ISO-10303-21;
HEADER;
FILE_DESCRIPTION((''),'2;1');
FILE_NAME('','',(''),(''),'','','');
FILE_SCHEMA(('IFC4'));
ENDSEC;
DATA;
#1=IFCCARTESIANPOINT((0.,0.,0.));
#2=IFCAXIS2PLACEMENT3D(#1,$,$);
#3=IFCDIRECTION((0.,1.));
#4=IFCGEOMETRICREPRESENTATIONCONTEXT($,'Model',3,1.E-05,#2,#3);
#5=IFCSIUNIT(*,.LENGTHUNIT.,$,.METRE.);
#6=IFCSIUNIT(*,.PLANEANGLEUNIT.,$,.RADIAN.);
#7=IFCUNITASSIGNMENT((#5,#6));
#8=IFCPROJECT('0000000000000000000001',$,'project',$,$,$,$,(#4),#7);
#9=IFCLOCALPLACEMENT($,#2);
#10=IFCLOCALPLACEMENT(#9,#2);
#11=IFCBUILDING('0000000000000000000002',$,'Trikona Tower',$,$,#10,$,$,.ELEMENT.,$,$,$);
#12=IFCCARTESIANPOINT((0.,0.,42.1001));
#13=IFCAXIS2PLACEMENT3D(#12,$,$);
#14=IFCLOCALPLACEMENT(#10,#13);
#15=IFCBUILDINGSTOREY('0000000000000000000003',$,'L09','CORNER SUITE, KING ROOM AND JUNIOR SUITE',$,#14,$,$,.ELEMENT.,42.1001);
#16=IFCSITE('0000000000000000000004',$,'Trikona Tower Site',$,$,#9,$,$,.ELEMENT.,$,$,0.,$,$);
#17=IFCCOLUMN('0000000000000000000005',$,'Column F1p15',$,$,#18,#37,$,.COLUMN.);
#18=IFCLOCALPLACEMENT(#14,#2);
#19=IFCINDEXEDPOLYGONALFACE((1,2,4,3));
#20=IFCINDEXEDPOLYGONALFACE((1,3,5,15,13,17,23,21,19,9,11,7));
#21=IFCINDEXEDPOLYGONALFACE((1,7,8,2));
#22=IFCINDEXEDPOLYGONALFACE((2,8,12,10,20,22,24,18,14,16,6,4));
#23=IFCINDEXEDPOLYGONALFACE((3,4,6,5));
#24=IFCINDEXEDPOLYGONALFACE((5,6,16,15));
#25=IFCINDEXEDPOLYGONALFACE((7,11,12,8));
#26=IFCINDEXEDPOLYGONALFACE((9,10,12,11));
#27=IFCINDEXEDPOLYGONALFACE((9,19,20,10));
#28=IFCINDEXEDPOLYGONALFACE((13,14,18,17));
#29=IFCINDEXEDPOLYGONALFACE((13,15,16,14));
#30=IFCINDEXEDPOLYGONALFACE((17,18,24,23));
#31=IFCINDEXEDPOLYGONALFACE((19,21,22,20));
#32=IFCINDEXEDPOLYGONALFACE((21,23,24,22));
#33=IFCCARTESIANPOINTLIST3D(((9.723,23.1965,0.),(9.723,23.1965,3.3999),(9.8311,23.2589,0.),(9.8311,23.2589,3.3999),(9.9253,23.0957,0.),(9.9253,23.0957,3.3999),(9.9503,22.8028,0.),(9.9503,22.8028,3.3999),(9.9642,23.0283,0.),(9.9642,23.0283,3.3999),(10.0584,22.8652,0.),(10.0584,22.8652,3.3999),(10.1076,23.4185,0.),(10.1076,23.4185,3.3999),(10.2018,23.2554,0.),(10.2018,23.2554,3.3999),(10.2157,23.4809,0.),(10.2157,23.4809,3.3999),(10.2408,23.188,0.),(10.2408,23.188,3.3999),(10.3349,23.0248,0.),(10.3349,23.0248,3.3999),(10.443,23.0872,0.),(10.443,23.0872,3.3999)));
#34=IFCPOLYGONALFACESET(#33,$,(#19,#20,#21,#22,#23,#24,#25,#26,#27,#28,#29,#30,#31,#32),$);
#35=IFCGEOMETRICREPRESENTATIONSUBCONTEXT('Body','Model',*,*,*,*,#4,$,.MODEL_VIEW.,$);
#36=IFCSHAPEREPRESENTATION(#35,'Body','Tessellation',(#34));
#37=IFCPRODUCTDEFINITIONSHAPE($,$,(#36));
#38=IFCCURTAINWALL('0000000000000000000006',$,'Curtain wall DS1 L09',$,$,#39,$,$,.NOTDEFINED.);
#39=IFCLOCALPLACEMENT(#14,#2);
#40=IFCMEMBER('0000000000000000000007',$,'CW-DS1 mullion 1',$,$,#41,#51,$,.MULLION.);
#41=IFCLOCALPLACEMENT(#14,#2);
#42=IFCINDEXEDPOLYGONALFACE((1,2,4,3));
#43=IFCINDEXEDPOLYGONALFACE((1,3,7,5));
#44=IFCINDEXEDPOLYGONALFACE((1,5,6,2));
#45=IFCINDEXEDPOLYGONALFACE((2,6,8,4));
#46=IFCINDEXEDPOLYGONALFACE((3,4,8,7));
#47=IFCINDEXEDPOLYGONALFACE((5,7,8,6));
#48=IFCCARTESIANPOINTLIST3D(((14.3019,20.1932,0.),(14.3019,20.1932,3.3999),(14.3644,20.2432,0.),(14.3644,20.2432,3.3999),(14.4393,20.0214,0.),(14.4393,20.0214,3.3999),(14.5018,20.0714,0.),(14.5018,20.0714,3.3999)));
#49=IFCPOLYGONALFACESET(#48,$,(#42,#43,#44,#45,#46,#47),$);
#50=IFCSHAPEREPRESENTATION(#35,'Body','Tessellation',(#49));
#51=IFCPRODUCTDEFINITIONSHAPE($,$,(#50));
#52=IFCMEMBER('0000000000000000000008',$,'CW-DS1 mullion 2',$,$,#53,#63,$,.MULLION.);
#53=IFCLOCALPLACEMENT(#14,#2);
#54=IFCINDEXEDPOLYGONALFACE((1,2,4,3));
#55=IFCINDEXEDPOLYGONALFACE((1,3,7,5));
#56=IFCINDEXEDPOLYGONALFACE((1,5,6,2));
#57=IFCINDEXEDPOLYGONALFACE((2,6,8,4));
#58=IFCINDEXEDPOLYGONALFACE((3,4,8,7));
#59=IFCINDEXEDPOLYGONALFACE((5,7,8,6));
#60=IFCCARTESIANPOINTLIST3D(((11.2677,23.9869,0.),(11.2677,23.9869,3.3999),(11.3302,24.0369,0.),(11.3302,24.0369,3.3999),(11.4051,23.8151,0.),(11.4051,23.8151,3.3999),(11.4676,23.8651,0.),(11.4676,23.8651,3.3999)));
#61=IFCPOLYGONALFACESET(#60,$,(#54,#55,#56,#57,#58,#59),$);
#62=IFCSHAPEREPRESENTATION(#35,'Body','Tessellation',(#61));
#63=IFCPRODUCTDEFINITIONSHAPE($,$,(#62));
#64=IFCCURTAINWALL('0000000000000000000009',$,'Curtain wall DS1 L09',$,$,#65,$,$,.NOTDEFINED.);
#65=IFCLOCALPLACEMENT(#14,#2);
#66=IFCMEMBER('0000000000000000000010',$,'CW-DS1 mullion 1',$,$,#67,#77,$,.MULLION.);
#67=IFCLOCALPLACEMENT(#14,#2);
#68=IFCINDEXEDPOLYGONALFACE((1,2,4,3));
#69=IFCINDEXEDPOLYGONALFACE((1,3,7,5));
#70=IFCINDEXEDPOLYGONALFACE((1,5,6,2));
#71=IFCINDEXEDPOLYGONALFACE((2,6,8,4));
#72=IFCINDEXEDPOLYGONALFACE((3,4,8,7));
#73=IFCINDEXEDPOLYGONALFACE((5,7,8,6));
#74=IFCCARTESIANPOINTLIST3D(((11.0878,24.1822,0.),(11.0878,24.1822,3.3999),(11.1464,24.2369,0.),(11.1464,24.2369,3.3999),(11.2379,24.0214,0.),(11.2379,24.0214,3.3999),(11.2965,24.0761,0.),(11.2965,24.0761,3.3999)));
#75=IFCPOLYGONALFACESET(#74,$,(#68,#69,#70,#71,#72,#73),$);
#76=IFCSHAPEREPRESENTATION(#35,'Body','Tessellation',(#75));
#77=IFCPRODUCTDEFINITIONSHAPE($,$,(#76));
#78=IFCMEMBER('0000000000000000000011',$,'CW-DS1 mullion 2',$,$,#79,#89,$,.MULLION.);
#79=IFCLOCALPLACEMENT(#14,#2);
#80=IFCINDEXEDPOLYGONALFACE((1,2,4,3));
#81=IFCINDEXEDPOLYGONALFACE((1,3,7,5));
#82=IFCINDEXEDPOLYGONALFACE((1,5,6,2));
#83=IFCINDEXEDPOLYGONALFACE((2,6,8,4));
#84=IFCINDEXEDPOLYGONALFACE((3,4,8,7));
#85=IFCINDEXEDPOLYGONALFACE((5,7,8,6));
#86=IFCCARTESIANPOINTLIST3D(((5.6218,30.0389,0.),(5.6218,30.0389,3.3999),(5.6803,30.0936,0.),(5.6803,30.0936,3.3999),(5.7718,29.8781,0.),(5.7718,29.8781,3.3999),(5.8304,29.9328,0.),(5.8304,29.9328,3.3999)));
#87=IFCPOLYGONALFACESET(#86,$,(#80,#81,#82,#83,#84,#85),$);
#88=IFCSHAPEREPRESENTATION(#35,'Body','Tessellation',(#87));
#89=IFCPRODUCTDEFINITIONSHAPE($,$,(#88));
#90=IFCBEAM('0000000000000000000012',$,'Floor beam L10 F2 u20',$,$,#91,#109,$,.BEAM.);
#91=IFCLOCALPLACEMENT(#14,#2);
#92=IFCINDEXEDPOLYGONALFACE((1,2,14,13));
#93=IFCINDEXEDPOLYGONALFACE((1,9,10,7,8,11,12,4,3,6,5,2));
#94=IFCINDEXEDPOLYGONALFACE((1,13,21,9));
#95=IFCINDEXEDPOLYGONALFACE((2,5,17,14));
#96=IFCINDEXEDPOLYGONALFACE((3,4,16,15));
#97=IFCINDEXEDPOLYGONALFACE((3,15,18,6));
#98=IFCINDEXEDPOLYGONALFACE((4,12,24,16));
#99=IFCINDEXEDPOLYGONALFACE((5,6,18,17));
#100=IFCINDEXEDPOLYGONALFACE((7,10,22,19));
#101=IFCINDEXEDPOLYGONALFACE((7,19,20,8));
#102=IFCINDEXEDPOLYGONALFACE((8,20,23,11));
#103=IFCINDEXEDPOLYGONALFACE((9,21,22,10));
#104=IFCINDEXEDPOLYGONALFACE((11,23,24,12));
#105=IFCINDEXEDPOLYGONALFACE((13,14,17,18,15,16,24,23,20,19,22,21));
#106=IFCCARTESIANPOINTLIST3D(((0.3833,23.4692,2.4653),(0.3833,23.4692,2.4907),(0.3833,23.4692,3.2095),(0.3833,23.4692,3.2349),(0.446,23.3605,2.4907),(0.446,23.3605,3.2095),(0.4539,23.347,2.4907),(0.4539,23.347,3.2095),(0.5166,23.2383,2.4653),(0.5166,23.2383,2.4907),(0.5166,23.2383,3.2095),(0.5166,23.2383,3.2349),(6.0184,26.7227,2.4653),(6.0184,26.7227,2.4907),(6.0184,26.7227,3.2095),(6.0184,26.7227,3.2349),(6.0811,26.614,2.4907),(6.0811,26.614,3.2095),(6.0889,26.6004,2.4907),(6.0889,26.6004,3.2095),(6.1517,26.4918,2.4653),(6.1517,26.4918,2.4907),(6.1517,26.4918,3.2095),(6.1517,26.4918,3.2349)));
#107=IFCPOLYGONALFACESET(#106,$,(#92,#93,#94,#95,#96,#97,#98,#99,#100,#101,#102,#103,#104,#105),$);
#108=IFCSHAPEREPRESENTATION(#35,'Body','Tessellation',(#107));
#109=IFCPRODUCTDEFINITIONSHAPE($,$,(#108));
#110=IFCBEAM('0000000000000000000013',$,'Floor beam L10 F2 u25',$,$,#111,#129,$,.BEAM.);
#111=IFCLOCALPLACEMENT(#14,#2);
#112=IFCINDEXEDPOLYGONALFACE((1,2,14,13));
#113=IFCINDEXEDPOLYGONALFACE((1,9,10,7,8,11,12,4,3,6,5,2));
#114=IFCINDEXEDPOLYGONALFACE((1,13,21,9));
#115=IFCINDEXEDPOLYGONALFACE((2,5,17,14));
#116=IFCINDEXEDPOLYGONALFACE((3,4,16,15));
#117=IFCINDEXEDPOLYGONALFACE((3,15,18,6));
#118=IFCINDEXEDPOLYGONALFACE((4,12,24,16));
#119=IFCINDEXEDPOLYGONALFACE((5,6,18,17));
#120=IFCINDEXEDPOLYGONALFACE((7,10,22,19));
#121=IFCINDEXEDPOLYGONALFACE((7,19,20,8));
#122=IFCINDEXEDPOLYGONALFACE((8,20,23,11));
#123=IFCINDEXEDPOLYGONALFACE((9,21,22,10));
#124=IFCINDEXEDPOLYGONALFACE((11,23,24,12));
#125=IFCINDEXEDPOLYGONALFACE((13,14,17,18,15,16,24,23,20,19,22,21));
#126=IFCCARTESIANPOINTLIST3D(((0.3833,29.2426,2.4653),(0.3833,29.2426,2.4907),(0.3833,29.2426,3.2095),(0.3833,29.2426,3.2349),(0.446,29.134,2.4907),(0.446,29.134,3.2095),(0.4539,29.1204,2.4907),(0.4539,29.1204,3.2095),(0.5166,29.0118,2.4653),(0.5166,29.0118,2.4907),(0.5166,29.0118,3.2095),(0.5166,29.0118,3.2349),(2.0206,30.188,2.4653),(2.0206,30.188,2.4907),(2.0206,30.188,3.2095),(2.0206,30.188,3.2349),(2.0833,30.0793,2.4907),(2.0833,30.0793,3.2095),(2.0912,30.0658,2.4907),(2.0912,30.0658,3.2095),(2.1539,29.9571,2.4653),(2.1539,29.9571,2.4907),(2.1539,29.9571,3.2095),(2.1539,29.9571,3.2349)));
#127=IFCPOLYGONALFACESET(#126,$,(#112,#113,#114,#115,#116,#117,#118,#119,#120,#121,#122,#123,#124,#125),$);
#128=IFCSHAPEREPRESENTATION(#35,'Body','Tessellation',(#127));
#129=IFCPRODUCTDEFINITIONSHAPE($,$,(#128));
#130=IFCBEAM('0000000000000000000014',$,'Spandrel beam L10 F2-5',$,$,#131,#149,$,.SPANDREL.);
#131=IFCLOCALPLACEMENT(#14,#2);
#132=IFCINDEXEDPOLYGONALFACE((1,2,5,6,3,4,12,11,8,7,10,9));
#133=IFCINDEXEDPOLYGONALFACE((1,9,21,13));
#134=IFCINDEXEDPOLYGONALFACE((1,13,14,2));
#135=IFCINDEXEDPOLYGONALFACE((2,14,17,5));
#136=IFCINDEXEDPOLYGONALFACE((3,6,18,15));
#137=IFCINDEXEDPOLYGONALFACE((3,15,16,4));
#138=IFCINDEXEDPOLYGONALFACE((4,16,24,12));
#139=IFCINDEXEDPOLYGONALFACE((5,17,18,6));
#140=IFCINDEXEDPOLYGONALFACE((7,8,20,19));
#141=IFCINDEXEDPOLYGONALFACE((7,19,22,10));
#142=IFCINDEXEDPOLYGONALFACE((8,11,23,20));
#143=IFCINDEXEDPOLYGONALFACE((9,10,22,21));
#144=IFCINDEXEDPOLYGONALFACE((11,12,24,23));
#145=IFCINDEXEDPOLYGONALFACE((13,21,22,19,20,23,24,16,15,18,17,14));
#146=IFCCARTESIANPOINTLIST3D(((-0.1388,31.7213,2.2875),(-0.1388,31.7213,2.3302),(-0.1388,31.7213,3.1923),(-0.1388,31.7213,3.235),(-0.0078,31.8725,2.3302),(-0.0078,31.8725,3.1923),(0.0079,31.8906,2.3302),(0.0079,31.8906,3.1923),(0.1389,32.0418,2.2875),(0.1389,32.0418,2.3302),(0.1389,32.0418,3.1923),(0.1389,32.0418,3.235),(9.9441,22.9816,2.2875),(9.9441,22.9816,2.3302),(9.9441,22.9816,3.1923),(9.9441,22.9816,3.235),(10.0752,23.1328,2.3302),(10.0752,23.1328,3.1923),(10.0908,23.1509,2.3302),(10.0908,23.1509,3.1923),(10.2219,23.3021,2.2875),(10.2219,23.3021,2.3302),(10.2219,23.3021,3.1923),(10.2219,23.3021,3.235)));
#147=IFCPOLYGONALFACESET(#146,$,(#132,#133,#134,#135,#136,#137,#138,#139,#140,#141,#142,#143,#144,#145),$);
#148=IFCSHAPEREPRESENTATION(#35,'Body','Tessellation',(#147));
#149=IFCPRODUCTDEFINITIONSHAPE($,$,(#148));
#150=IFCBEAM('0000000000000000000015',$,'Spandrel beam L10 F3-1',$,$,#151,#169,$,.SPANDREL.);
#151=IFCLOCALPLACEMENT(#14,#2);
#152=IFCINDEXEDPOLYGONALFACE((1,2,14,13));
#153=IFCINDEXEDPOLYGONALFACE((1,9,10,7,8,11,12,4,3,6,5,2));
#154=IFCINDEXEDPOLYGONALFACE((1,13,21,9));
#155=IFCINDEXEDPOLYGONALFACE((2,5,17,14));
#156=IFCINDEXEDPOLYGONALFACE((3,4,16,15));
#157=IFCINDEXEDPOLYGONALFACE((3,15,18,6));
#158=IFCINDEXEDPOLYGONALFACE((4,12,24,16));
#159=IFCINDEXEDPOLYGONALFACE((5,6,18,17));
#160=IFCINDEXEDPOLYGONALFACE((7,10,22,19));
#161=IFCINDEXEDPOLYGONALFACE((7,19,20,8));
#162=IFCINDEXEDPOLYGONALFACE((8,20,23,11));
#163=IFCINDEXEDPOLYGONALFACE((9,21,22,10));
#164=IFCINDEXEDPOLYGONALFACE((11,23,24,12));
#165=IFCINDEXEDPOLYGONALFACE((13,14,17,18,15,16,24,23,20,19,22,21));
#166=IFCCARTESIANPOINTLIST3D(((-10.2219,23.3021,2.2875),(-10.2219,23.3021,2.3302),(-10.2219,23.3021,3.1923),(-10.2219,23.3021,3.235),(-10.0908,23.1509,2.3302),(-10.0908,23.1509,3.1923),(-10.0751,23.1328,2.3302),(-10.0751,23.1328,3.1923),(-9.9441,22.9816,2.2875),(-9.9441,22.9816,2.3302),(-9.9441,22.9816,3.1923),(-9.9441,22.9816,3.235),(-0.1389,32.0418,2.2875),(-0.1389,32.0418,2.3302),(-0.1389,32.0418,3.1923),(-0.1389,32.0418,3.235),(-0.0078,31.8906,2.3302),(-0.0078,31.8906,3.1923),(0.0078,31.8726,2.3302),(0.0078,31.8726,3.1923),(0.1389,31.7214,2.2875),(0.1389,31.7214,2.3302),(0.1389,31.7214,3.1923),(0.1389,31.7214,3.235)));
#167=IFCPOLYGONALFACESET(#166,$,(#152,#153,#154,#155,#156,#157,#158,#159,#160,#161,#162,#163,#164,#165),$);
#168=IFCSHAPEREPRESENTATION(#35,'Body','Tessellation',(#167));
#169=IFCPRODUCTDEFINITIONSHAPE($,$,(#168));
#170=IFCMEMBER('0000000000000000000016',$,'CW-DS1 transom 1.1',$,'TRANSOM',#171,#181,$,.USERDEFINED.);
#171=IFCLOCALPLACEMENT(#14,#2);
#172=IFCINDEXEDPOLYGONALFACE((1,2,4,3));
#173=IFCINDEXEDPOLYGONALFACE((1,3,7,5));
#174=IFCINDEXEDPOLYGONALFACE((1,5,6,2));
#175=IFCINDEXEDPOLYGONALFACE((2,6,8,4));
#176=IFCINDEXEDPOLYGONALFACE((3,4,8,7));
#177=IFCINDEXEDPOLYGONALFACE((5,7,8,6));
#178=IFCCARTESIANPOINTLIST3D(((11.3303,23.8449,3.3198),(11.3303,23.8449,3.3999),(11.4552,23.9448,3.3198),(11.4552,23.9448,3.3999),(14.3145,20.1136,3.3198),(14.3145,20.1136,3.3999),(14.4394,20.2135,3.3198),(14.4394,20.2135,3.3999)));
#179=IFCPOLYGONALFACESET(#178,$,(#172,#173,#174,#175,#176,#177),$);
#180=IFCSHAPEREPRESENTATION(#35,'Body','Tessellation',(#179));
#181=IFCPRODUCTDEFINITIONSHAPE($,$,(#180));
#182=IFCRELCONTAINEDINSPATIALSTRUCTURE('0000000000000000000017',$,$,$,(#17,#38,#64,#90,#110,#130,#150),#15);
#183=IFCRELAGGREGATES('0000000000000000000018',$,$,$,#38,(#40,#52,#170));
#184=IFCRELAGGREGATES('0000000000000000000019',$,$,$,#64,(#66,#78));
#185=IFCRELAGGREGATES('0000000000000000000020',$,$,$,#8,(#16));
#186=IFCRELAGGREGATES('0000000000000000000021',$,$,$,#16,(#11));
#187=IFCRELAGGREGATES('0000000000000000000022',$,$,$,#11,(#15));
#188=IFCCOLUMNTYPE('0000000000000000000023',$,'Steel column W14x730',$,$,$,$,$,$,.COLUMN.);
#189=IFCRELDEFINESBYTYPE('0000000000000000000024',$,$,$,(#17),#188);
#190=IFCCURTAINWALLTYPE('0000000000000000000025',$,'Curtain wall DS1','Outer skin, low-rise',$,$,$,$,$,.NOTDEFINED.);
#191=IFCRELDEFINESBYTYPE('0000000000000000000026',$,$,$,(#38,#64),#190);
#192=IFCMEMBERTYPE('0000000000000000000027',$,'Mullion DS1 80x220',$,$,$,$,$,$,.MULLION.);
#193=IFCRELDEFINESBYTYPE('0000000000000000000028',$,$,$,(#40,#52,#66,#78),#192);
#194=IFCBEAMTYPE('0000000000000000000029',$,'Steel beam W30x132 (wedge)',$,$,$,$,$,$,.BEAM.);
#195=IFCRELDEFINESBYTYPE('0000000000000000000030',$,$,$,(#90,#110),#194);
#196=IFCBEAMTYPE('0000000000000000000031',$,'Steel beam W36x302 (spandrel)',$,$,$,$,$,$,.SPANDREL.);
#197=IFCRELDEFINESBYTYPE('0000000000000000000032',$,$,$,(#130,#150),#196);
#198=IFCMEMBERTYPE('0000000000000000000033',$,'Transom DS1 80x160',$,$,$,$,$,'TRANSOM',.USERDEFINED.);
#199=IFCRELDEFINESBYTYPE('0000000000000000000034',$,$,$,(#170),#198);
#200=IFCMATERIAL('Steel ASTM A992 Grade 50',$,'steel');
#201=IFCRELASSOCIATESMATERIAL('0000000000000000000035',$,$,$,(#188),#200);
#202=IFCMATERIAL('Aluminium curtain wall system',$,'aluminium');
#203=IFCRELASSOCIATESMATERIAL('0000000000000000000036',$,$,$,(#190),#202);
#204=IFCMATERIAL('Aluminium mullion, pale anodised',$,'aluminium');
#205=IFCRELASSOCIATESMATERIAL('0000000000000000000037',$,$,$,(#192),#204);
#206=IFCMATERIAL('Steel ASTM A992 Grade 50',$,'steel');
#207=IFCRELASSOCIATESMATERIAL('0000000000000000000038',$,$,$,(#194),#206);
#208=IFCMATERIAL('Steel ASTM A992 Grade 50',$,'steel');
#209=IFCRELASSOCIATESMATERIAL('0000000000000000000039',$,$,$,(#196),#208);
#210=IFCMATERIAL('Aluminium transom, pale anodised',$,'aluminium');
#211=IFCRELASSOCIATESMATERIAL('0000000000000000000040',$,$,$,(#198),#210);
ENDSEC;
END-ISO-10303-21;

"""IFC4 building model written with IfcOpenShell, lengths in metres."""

from ifc_helpers import new_model, si_unit, direction, frame, origin, origin_2d, place, context, subcontext, project, spatial, rectangle, i_section, extrude, material, material_profile, profile_set, type_object, element, aggregate, save


model = new_model("IFC4")

# Units and contexts
model_context = context("Model", 3, precision=1e-05, world=origin(), true_north=direction((0.0, 1.0)))
body_context = subcontext(model_context, "Body", "Model", "MODEL_VIEW")
ifc_project = project(units=[si_unit("LENGTHUNIT", "METRE"), si_unit("PLANEANGLEUNIT", "RADIAN")], contexts=[model_context])

# Site, building, storey
site_placement = place(None, origin())
site = spatial("IfcSite", under=ifc_project, at=site_placement, Name="Trikona Tower Site", CompositionType="ELEMENT", RefElevation=0.0)
building_placement = place(site_placement, origin())
building = spatial("IfcBuilding", under=site, at=building_placement, Name="Trikona Tower", CompositionType="ELEMENT")
storey_placement = place(building_placement, frame((0.0, 0.0, 42.1001)))
storey = spatial("IfcBuildingStorey", under=building, at=storey_placement, Name="L09", Description="CORNER SUITE, KING ROOM AND JUNIOR SUITE", CompositionType="ELEMENT", Elevation=42.1001)

# Column
ifc_material_1 = material(Name="Steel ASTM A992 Grade 50", Category="steel")
ifc_material_profile_1 = material_profile(ifc_material_1, i_section(OverallWidth=0.4546, OverallDepth=0.5688, WebThickness=0.0779, FlangeThickness=0.1248, at=origin_2d()), Name="W14X730")
ifc_profile_set_1 = profile_set([ifc_material_profile_1], Name="Steel ASTM A992 Grade 50")
column_type = type_object("IfcColumnType", Name="Steel column W14x730", PredefinedType="COLUMN", material=ifc_profile_set_1)
column_placement = place(storey_placement, frame((10.083, 23.1418, 0.0), z_axis=(0.0, 0.0, 1.0), x_axis=(-0.5, 0.866025, 0.0)))
element("IfcColumn", 1, at=column_placement, inside=storey, type_object=column_type, Name="Column F1p15", PredefinedType="COLUMN", context=body_context, shape_type="SweptSolid", body=[
    extrude(i_section(OverallWidth=0.4546, OverallDepth=0.5688, WebThickness=0.0779, FlangeThickness=0.1248, at=origin_2d()), origin(), (0.0, 0.0, 1.0), 3.3999),
])

# Curtain walls, members
ifc_material_2 = material(Name="Aluminium curtain wall system", Category="aluminium")
curtain_wall_type = type_object("IfcCurtainWallType", Name="Curtain wall DS1", Description="Outer skin, low-rise", PredefinedType="NOTDEFINED", material=ifc_material_2)
curtain_wall_1_placement = place(storey_placement, origin())
curtain_wall_1 = element("IfcCurtainWall", 2, at=curtain_wall_1_placement, inside=storey, type_object=curtain_wall_type, Name="Curtain wall DS1 L09", PredefinedType="NOTDEFINED")
ifc_material_3 = material(Name="Aluminium mullion, pale anodised", Category="aluminium")
ifc_material_profile_2 = material_profile(ifc_material_3, rectangle(XDim=0.0801, YDim=0.22, at=origin_2d()), Name="MUL-DS1")
ifc_profile_set_2 = profile_set([ifc_material_profile_2], Name="Aluminium mullion, pale anodised")
member_type_1 = type_object("IfcMemberType", Name="Mullion DS1 80x220", PredefinedType="MULLION", material=ifc_profile_set_2)
member_1_placement = place(storey_placement, frame((14.4019, 20.1323, 0.0), z_axis=(0.0, 0.0, 1.0), x_axis=(-0.780938, -0.624609, 0.0)))
member_1 = element("IfcMember", 3, at=member_1_placement, type_object=member_type_1, Name="CW-DS1 mullion 1", PredefinedType="MULLION", context=body_context, shape_type="SweptSolid", body=[
    extrude(rectangle(XDim=0.0801, YDim=0.22, at=origin_2d()), origin(), (0.0, 0.0, 1.0), 3.3999),
])
member_2_placement = place(storey_placement, frame((11.3677, 23.926, 0.0), z_axis=(0.0, 0.0, 1.0), x_axis=(-0.780938, -0.624609, 0.0)))
member_2 = element("IfcMember", 4, at=member_2_placement, type_object=member_type_1, Name="CW-DS1 mullion 2", PredefinedType="MULLION", context=body_context, shape_type="SweptSolid", body=[
    extrude(rectangle(XDim=0.0801, YDim=0.22, at=origin_2d()), origin(), (0.0, 0.0, 1.0), 3.3999),
])
curtain_wall_2_placement = place(storey_placement, origin())
curtain_wall_2 = element("IfcCurtainWall", 5, at=curtain_wall_2_placement, inside=storey, type_object=curtain_wall_type, Name="Curtain wall DS1 L09", PredefinedType="NOTDEFINED")
member_3_placement = place(storey_placement, frame((11.1921, 24.1292, 0.0), z_axis=(0.0, 0.0, 1.0), x_axis=(-0.731077, -0.682295, 0.0)))
member_3 = element("IfcMember", 6, at=member_3_placement, type_object=member_type_1, Name="CW-DS1 mullion 1", PredefinedType="MULLION", context=body_context, shape_type="SweptSolid", body=[
    extrude(rectangle(XDim=0.0801, YDim=0.22, at=origin_2d()), origin(), (0.0, 0.0, 1.0), 3.3999),
])
member_4_placement = place(storey_placement, frame((5.7261, 29.9858, 0.0), z_axis=(0.0, 0.0, 1.0), x_axis=(-0.731077, -0.682295, 0.0)))
member_4 = element("IfcMember", 7, at=member_4_placement, type_object=member_type_1, Name="CW-DS1 mullion 2", PredefinedType="MULLION", context=body_context, shape_type="SweptSolid", body=[
    extrude(rectangle(XDim=0.0801, YDim=0.22, at=origin_2d()), origin(), (0.0, 0.0, 1.0), 3.3999),
])

# Beams
ifc_material_4 = material(Name="Steel ASTM A992 Grade 50", Category="steel")
ifc_material_profile_3 = material_profile(ifc_material_4, i_section(OverallWidth=0.2666, OverallDepth=0.7695, WebThickness=0.0156, FlangeThickness=0.0254, at=origin_2d()), Name="W30X132")
ifc_profile_set_3 = profile_set([ifc_material_profile_3], Name="Steel ASTM A992 Grade 50")
beam_type_1 = type_object("IfcBeamType", Name="Steel beam W30x132 (wedge)", PredefinedType="BEAM", material=ifc_profile_set_3)
beam_1_placement = place(storey_placement, frame((0.45, 23.3538, 2.8501), z_axis=(0.866023, 0.500005, 0.0), x_axis=(-0.500005, 0.866023, 0.0)))
element("IfcBeam", 8, at=beam_1_placement, inside=storey, type_object=beam_type_1, Name="Floor beam L10 F2 u20", PredefinedType="BEAM", context=body_context, shape_type="SweptSolid", body=[
    extrude(i_section(OverallWidth=0.2666, OverallDepth=0.7695, WebThickness=0.0156, FlangeThickness=0.0254, at=origin_2d()), origin(), (0.0, 0.0, 1.0), 6.5068),
])
beam_2_placement = place(storey_placement, frame((0.45, 29.1272, 2.8501), z_axis=(0.866009, 0.500028, 0.0), x_axis=(-0.500028, 0.866009, 0.0)))
element("IfcBeam", 9, at=beam_2_placement, inside=storey, type_object=beam_type_1, Name="Floor beam L10 F2 u25", PredefinedType="BEAM", context=body_context, shape_type="SweptSolid", body=[
    extrude(i_section(OverallWidth=0.2666, OverallDepth=0.7695, WebThickness=0.0156, FlangeThickness=0.0254, at=origin_2d()), origin(), (0.0, 0.0, 1.0), 1.8906),
])
ifc_material_5 = material(Name="Steel ASTM A992 Grade 50", Category="steel")
ifc_material_profile_4 = material_profile(ifc_material_5, i_section(OverallWidth=0.4241, OverallDepth=0.9475, WebThickness=0.0239, FlangeThickness=0.0427, at=origin_2d()), Name="W36X302")
ifc_profile_set_4 = profile_set([ifc_material_profile_4], Name="Steel ASTM A992 Grade 50")
beam_type_2 = type_object("IfcBeamType", Name="Steel beam W36x302 (spandrel)", PredefinedType="SPANDREL", material=ifc_profile_set_4)
for number, where, z_axis, x_axis, name in (
    (10, (10.083, 23.1418, 2.7612), (-0.755647, 0.654979, 0.0), (-0.654979, -0.755647, 0.0), "Spandrel beam L10 F2-5"),
    (11, (0.0, 31.8816, 2.7612), (-0.755647, -0.654979, 0.0), (0.654979, -0.755647, 0.0), "Spandrel beam L10 F3-1"),
):
    element("IfcBeam", number, at=place(storey_placement, frame(where, z_axis=z_axis, x_axis=x_axis)), inside=storey, type_object=beam_type_2, Name=name, PredefinedType="SPANDREL", context=body_context, shape_type="SweptSolid", body=[
        extrude(i_section(OverallWidth=0.4241, OverallDepth=0.9475, WebThickness=0.0239, FlangeThickness=0.0427, at=origin_2d()), origin(), (0.0, 0.0, 1.0), 13.3435),
    ])

# Member
ifc_material_6 = material(Name="Aluminium transom, pale anodised", Category="aluminium")
ifc_material_profile_5 = material_profile(ifc_material_6, rectangle(XDim=0.1599, YDim=0.0801, at=origin_2d()), Name="TRN-DS1")
ifc_profile_set_5 = profile_set([ifc_material_profile_5], Name="Aluminium transom, pale anodised")
member_type_2 = type_object("IfcMemberType", Name="Transom DS1 80x160", ElementType="TRANSOM", PredefinedType="USERDEFINED", material=ifc_profile_set_5)
member_5_placement = place(storey_placement, frame((14.377, 20.1636, 3.3599), z_axis=(-0.624589, 0.780954, 0.0), x_axis=(-0.780954, -0.624589, 0.0)))
member_5 = element("IfcMember", 12, at=member_5_placement, type_object=member_type_2, Name="CW-DS1 transom 1.1", ObjectType="TRANSOM", PredefinedType="USERDEFINED", context=body_context, shape_type="SweptSolid", body=[
    extrude(rectangle(XDim=0.1599, YDim=0.0801, at=origin_2d()), origin(), (0.0, 0.0, 1.0), 4.7778),
])

aggregate(curtain_wall_1, [member_1, member_2, member_5])
aggregate(curtain_wall_2, [member_3, member_4])

save(model, "model.ifc")
